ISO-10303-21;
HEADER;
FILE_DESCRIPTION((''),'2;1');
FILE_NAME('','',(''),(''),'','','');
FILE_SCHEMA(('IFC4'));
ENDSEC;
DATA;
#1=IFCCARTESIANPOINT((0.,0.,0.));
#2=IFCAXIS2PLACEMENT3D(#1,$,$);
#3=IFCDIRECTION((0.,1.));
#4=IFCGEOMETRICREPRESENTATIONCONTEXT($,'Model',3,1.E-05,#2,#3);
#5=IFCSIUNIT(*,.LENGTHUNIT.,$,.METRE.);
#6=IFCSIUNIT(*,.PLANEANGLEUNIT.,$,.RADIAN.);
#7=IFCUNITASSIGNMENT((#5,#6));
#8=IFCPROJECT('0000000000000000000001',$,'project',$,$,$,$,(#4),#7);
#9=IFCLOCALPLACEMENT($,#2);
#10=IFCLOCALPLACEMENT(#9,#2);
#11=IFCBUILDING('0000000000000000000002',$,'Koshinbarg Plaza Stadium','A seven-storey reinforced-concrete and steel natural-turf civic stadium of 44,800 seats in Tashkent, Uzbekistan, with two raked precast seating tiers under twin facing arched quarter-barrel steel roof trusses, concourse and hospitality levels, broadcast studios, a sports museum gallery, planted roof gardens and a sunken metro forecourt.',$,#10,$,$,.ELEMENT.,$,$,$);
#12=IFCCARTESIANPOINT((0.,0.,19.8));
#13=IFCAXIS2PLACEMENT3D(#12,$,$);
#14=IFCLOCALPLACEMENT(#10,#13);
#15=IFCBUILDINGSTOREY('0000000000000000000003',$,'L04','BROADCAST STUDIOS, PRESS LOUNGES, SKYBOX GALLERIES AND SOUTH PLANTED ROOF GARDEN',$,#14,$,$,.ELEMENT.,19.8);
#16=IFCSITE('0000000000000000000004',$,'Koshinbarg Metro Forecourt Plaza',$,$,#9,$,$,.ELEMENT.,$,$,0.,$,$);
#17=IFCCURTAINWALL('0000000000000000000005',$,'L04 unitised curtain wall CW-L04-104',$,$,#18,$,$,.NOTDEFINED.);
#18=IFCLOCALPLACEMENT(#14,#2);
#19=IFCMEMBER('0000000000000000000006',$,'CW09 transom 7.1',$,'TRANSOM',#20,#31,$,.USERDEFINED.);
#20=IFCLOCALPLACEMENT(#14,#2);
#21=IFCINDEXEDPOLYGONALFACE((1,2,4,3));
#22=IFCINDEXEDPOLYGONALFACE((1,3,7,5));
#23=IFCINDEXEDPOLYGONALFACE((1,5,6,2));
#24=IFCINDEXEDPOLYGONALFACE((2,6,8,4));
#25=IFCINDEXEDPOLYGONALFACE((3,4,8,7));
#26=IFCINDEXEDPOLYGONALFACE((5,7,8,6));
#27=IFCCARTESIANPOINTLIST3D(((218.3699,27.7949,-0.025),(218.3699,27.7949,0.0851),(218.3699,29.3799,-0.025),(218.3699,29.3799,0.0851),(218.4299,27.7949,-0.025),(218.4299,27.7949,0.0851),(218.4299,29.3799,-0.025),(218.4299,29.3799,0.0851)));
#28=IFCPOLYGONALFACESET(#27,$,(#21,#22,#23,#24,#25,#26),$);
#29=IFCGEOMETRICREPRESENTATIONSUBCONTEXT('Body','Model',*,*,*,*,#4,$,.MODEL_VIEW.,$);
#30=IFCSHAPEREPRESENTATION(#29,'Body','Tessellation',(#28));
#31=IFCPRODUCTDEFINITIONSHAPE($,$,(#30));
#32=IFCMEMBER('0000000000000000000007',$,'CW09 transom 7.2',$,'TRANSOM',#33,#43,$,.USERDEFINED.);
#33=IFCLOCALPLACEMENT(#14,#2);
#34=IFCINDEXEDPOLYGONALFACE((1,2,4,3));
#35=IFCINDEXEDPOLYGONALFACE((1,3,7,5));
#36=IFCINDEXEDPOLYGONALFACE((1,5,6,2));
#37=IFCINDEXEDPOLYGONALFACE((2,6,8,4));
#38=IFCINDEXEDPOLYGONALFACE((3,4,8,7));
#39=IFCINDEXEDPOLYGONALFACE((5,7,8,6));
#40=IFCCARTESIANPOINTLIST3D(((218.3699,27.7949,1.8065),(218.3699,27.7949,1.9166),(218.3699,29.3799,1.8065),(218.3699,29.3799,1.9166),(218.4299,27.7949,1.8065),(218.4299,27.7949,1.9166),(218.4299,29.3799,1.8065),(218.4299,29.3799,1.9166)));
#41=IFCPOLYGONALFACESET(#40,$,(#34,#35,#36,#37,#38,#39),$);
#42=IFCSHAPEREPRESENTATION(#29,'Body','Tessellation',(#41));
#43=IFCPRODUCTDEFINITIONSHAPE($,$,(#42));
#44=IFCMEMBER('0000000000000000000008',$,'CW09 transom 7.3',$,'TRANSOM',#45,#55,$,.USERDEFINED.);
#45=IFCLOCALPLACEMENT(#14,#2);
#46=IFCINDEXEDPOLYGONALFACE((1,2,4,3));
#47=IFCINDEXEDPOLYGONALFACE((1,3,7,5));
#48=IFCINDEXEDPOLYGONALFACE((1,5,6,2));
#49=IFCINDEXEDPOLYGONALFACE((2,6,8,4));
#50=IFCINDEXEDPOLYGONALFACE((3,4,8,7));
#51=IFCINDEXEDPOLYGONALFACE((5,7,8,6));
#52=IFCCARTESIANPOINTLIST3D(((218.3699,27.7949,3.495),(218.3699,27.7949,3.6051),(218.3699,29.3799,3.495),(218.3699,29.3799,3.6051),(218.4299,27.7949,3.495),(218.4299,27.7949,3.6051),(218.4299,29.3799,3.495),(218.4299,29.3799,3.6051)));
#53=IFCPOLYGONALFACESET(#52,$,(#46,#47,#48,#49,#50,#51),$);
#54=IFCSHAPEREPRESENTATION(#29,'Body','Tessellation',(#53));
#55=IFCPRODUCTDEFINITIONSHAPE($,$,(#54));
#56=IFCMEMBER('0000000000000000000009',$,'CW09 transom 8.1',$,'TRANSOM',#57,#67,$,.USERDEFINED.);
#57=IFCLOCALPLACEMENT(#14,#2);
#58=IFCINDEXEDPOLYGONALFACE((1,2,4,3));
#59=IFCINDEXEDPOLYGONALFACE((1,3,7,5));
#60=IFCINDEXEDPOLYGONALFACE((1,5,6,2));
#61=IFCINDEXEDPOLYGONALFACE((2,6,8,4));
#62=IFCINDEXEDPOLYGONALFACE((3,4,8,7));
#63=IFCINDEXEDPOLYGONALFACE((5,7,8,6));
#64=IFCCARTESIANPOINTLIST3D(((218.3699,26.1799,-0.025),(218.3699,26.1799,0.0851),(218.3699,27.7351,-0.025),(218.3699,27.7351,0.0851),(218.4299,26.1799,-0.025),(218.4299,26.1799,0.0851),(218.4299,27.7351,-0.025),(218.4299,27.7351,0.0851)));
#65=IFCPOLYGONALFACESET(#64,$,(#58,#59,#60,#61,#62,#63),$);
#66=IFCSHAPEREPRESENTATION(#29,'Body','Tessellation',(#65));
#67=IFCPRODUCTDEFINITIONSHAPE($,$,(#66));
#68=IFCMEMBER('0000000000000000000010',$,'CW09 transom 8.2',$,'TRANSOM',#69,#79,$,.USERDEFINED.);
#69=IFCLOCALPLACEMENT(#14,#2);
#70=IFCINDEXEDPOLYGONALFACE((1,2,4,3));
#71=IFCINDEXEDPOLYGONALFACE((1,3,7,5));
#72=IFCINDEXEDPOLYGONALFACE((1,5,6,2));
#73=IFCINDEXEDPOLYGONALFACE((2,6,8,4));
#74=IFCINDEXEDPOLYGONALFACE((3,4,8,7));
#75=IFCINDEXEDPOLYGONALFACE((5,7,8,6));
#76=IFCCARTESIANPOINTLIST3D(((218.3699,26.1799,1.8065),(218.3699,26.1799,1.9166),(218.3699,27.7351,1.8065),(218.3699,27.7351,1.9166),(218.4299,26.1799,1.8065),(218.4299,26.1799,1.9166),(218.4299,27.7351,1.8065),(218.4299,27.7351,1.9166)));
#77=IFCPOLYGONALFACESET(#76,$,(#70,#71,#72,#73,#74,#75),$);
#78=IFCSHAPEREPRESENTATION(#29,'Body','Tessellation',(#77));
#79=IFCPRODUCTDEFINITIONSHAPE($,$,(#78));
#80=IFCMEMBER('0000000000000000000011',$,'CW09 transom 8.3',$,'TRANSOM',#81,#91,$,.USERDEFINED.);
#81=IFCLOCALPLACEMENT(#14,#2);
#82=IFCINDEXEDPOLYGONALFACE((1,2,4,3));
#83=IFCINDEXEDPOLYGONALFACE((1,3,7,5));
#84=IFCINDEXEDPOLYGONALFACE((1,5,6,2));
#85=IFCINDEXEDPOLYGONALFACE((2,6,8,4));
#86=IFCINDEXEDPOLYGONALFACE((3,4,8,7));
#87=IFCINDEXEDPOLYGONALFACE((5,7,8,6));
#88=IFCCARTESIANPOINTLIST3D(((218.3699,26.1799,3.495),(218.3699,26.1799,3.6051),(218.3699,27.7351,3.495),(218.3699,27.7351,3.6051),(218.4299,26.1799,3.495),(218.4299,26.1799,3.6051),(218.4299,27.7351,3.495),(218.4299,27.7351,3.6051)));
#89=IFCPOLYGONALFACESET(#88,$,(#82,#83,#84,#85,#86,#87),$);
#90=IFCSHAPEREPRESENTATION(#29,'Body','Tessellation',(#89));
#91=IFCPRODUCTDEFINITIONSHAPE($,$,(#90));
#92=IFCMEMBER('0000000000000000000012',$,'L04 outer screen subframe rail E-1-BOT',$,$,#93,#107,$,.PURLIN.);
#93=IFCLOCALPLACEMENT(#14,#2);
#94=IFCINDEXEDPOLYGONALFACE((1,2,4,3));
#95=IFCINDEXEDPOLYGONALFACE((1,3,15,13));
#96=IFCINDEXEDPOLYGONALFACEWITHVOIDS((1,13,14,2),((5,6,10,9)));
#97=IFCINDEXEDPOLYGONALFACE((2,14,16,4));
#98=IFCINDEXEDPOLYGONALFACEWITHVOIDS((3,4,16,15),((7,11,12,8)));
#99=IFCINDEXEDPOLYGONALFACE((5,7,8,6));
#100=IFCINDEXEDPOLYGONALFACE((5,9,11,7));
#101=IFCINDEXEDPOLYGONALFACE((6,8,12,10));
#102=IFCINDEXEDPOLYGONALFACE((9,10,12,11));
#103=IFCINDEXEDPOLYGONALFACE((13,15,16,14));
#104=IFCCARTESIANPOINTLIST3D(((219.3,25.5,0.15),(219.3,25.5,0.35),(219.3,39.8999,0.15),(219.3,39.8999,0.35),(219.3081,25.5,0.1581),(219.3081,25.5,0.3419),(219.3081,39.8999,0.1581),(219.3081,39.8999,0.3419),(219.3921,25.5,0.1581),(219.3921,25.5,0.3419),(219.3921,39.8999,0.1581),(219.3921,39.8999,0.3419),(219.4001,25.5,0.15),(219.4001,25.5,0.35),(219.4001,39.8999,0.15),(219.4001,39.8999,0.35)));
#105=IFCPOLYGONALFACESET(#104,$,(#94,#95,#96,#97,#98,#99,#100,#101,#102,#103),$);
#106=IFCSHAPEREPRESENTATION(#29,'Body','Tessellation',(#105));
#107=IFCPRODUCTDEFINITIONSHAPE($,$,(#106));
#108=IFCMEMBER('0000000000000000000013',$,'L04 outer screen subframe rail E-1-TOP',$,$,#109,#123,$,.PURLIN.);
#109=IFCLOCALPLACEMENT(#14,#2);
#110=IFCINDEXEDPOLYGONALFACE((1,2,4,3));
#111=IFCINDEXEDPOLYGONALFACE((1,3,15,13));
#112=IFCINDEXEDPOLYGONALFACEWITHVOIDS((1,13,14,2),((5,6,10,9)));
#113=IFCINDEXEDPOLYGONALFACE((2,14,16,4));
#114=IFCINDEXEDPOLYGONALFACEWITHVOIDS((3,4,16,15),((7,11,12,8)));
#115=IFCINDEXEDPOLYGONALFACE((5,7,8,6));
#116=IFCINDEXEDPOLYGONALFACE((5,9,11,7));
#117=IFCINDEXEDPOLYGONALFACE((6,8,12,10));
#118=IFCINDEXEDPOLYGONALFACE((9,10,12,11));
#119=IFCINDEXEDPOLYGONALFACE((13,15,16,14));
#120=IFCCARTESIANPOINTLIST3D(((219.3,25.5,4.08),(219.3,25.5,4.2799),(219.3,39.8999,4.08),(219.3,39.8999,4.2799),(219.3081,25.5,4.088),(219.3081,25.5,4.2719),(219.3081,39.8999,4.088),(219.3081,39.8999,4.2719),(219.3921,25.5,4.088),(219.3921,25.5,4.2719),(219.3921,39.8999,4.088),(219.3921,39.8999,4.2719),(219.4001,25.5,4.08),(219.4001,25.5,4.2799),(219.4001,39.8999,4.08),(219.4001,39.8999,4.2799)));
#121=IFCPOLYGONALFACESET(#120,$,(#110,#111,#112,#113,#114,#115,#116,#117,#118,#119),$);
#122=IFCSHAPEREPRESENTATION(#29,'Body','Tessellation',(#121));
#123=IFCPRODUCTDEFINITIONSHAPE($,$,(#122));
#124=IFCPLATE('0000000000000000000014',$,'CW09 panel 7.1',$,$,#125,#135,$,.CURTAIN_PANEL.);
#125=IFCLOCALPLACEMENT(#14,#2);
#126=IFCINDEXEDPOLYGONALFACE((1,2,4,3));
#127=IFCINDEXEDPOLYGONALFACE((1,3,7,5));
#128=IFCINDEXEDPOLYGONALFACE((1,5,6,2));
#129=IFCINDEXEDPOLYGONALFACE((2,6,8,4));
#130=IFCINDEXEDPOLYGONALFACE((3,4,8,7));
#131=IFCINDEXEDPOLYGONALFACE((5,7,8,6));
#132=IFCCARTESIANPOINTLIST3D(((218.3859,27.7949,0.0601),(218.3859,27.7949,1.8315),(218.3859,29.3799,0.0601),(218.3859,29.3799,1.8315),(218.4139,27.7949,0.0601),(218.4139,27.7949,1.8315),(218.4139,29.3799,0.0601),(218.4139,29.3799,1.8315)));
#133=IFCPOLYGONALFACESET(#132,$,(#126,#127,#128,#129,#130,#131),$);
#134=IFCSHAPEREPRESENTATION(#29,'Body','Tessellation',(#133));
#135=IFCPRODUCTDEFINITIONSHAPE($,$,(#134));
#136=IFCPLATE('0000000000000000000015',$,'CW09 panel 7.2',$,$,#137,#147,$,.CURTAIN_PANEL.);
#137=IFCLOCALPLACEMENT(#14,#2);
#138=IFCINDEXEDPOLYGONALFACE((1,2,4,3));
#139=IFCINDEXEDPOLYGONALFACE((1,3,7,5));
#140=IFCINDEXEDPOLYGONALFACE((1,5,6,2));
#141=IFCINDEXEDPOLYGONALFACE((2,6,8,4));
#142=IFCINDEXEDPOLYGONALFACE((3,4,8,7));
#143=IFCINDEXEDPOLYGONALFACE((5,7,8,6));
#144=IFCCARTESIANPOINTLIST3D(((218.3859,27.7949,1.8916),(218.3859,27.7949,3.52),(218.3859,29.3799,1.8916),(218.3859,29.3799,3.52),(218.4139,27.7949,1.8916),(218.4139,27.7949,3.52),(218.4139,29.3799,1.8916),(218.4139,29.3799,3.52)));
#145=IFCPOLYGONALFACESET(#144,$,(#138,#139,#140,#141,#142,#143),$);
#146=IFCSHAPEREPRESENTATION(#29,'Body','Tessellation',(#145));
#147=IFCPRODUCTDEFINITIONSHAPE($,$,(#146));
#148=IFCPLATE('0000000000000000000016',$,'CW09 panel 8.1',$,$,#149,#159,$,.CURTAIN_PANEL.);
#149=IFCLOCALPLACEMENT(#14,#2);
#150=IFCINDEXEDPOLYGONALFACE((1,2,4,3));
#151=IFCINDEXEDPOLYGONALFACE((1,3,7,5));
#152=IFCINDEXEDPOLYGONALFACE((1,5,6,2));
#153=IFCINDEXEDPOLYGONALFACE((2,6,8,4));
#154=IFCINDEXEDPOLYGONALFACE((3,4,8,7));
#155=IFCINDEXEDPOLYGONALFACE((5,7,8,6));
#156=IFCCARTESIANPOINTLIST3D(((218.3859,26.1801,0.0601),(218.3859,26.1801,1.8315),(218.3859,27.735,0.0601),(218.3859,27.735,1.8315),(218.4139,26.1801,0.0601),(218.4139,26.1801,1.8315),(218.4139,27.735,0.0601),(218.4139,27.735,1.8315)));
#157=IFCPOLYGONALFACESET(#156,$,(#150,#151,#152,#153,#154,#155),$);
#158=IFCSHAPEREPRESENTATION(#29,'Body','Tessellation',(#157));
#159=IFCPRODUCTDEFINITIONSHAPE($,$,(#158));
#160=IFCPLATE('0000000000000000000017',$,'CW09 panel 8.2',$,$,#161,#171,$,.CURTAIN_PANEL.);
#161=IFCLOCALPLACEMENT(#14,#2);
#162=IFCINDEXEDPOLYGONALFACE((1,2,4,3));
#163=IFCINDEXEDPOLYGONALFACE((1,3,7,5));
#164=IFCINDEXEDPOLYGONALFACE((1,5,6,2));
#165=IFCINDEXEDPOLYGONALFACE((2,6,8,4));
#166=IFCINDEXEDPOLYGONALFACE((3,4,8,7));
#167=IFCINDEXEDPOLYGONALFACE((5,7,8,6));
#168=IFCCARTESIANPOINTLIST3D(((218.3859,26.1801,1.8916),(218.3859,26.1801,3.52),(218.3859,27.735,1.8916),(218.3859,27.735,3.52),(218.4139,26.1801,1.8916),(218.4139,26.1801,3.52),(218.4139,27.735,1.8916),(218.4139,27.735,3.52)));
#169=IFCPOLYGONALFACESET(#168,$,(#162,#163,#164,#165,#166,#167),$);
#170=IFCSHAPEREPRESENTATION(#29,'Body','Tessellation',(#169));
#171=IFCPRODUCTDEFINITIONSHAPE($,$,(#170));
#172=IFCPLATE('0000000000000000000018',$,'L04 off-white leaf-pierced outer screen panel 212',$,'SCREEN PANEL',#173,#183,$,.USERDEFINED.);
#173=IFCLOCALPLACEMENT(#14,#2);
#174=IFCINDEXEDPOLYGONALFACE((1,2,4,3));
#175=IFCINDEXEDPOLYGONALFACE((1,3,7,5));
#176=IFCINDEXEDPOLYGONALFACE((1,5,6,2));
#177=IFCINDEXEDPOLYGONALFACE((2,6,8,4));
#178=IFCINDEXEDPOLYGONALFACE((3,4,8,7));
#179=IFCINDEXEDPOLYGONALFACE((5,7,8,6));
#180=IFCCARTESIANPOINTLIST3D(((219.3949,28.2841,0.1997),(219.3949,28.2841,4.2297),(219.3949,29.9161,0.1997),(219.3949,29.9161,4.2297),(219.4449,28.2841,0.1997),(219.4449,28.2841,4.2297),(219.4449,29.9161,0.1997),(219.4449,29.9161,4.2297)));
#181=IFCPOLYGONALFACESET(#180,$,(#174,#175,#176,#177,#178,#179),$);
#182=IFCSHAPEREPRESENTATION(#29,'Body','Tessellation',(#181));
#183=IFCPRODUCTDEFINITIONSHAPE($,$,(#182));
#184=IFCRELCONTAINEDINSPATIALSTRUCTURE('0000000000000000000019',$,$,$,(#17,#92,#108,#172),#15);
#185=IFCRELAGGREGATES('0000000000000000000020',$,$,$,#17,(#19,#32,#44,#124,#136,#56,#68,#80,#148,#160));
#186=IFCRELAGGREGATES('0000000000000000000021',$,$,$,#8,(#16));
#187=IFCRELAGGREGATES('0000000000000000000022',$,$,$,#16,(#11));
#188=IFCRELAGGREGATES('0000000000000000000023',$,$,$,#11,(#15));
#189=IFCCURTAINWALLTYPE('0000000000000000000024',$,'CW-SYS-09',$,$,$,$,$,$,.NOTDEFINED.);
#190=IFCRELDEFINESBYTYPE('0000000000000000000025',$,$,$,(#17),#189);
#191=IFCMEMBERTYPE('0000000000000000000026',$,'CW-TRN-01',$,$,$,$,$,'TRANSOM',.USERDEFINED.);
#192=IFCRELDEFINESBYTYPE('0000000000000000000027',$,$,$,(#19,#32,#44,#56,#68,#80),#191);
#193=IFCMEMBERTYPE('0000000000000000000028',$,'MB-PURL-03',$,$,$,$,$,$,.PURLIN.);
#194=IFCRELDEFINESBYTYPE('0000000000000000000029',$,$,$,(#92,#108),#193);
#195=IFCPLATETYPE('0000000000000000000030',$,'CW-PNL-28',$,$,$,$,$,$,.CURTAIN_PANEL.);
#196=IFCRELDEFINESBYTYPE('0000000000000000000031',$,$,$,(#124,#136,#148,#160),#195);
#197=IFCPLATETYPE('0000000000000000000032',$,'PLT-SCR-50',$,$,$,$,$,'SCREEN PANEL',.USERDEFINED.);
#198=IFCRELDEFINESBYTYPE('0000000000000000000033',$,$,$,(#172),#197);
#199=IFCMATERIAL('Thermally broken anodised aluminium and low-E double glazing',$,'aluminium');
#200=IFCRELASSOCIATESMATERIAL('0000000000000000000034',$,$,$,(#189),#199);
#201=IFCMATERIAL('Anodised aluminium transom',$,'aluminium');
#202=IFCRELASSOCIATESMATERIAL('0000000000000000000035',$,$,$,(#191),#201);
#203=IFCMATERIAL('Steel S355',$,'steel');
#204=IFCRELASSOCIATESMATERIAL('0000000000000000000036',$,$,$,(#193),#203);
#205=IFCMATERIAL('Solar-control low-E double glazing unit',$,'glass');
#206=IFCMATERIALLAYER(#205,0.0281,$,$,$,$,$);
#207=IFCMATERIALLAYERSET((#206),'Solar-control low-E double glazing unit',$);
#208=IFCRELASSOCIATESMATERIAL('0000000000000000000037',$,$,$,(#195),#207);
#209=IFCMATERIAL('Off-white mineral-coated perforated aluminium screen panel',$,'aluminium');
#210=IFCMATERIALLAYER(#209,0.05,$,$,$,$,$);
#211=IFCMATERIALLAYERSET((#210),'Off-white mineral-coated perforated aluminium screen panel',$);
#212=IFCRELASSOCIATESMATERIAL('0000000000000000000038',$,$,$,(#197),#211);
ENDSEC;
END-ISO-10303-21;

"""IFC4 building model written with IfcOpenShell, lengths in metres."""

from ifc_helpers import new_model, si_unit, direction, frame, origin, origin_2d, place, context, subcontext, project, spatial, rectangle, hollow_rectangle, extrude, material, layer, layer_set, material_profile, profile_set, type_object, element, aggregate, save


model = new_model("IFC4")

# Units and contexts
model_context = context("Model", 3, precision=1e-05, world=origin(), true_north=direction((0.0, 1.0)))
body_context = subcontext(model_context, "Body", "Model", "MODEL_VIEW")
ifc_project = project(units=[si_unit("LENGTHUNIT", "METRE"), si_unit("PLANEANGLEUNIT", "RADIAN")], contexts=[model_context])

# Site, building, storey
site_placement = place(None, origin())
site = spatial("IfcSite", under=ifc_project, at=site_placement, Name="Koshinbarg Metro Forecourt Plaza", CompositionType="ELEMENT", RefElevation=0.0)
building_placement = place(site_placement, origin())
building = spatial("IfcBuilding", under=site, at=building_placement, Name="Koshinbarg Plaza Stadium", Description="A seven-storey reinforced-concrete and steel natural-turf civic stadium of 44,800 seats in Tashkent, Uzbekistan, with two raked precast seating tiers under twin facing arched quarter-barrel steel roof trusses, concourse and hospitality levels, broadcast studios, a sports museum gallery, planted roof gardens and a sunken metro forecourt.", CompositionType="ELEMENT")
storey_placement = place(building_placement, frame((0.0, 0.0, 19.8)))
storey = spatial("IfcBuildingStorey", under=building, at=storey_placement, Name="L04", Description="BROADCAST STUDIOS, PRESS LOUNGES, SKYBOX GALLERIES AND SOUTH PLANTED ROOF GARDEN", CompositionType="ELEMENT", Elevation=19.8)

# Shared definitions
ifc_material_1 = material(Name="Steel S355", Category="steel")

# Curtain wall, members
ifc_material_2 = material(Name="Thermally broken anodised aluminium and low-E double glazing", Category="aluminium")
curtain_wall_type = type_object("IfcCurtainWallType", Name="CW-SYS-09", PredefinedType="NOTDEFINED", material=ifc_material_2)
curtain_wall_placement = place(storey_placement, origin())
curtain_wall = element("IfcCurtainWall", 1, at=curtain_wall_placement, inside=storey, type_object=curtain_wall_type, Name="L04 unitised curtain wall CW-L04-104", PredefinedType="NOTDEFINED")
ifc_material_3 = material(Name="Anodised aluminium transom", Category="aluminium")
ifc_material_profile_1 = material_profile(ifc_material_3, rectangle(XDim=0.0601, YDim=0.1101, at=origin_2d()), Name="ALU 60x110")
ifc_profile_set_1 = profile_set([ifc_material_profile_1], Name="Anodised aluminium transom")
member_type_1 = type_object("IfcMemberType", Name="CW-TRN-01", ElementType="TRANSOM", PredefinedType="USERDEFINED", material=ifc_profile_set_1)
member_1_placement = place(storey_placement, frame((218.3999, 29.3799, 0.03), z_axis=(0.0, -1.0, 0.0), x_axis=(1.0, 0.0, 0.0)))
member_1 = element("IfcMember", 2, at=member_1_placement, type_object=member_type_1, Name="CW09 transom 7.1", ObjectType="TRANSOM", PredefinedType="USERDEFINED", context=body_context, shape_type="SweptSolid", body=[
    extrude(rectangle(XDim=0.0601, YDim=0.1101, at=origin_2d()), origin(), (0.0, 0.0, 1.0), 1.585),
])
member_2_placement = place(storey_placement, frame((218.3999, 29.3799, 1.8616), z_axis=(0.0, -1.0, 0.0), x_axis=(1.0, 0.0, 0.0)))
member_2 = element("IfcMember", 3, at=member_2_placement, type_object=member_type_1, Name="CW09 transom 7.2", ObjectType="TRANSOM", PredefinedType="USERDEFINED", context=body_context, shape_type="SweptSolid", body=[
    extrude(rectangle(XDim=0.0601, YDim=0.1101, at=origin_2d()), origin(), (0.0, 0.0, 1.0), 1.585),
])
member_3_placement = place(storey_placement, frame((218.3999, 29.3799, 3.55), z_axis=(0.0, -1.0, 0.0), x_axis=(1.0, 0.0, 0.0)))
member_3 = element("IfcMember", 4, at=member_3_placement, type_object=member_type_1, Name="CW09 transom 7.3", ObjectType="TRANSOM", PredefinedType="USERDEFINED", context=body_context, shape_type="SweptSolid", body=[
    extrude(rectangle(XDim=0.0601, YDim=0.1101, at=origin_2d()), origin(), (0.0, 0.0, 1.0), 1.585),
])
member_4_placement = place(storey_placement, frame((218.3999, 27.7351, 0.03), z_axis=(0.0, -1.0, 0.0), x_axis=(1.0, 0.0, 0.0)))
member_4 = element("IfcMember", 5, at=member_4_placement, type_object=member_type_1, Name="CW09 transom 8.1", ObjectType="TRANSOM", PredefinedType="USERDEFINED", context=body_context, shape_type="SweptSolid", body=[
    extrude(rectangle(XDim=0.0601, YDim=0.1101, at=origin_2d()), origin(), (0.0, 0.0, 1.0), 1.5552),
])
member_5_placement = place(storey_placement, frame((218.3999, 27.7351, 1.8616), z_axis=(0.0, -1.0, 0.0), x_axis=(1.0, 0.0, 0.0)))
member_5 = element("IfcMember", 6, at=member_5_placement, type_object=member_type_1, Name="CW09 transom 8.2", ObjectType="TRANSOM", PredefinedType="USERDEFINED", context=body_context, shape_type="SweptSolid", body=[
    extrude(rectangle(XDim=0.0601, YDim=0.1101, at=origin_2d()), origin(), (0.0, 0.0, 1.0), 1.5552),
])
member_6_placement = place(storey_placement, frame((218.3999, 27.7351, 3.55), z_axis=(0.0, -1.0, 0.0), x_axis=(1.0, 0.0, 0.0)))
member_6 = element("IfcMember", 7, at=member_6_placement, type_object=member_type_1, Name="CW09 transom 8.3", ObjectType="TRANSOM", PredefinedType="USERDEFINED", context=body_context, shape_type="SweptSolid", body=[
    extrude(rectangle(XDim=0.0601, YDim=0.1101, at=origin_2d()), origin(), (0.0, 0.0, 1.0), 1.5552),
])

# Members
ifc_material_profile_2 = material_profile(ifc_material_1, hollow_rectangle(XDim=0.1001, YDim=0.2, WallThickness=0.0081, at=origin_2d()), Name="RHS 200x100x8")
ifc_profile_set_2 = profile_set([ifc_material_profile_2], Name="Steel S355")
member_type_2 = type_object("IfcMemberType", Name="MB-PURL-03", PredefinedType="PURLIN", material=ifc_profile_set_2)
for number, where, z_axis, x_axis, name in (
    (8, (219.3501, 25.5, 0.25), (0.0, 1.0, 0.0), (-1.0, 0.0, 0.0), "L04 outer screen subframe rail E-1-BOT"),
    (9, (219.3501, 25.5, 4.1799), (0.0, 1.0, 0.0), (-1.0, 0.0, 0.0), "L04 outer screen subframe rail E-1-TOP"),
):
    element("IfcMember", number, at=place(storey_placement, frame(where, z_axis=z_axis, x_axis=x_axis)), inside=storey, type_object=member_type_2, Name=name, PredefinedType="PURLIN", context=body_context, shape_type="SweptSolid", body=[
        extrude(hollow_rectangle(XDim=0.1001, YDim=0.2, WallThickness=0.0081, at=origin_2d()), origin(), (0.0, 0.0, 1.0), 14.3999),
    ])

# Plates
ifc_material_4 = material(Name="Solar-control low-E double glazing unit", Category="glass")
ifc_layer_1 = layer(ifc_material_4, 0.0281)
ifc_layer_set_1 = layer_set([ifc_layer_1], Name="Solar-control low-E double glazing unit")
plate_type_1 = type_object("IfcPlateType", Name="CW-PNL-28", PredefinedType="CURTAIN_PANEL", material=ifc_layer_set_1)
plate_1_placement = place(storey_placement, frame((218.3999, 28.5874, 0.0601), z_axis=(0.0, 0.0, 1.0), x_axis=(0.0, -1.0, 0.0)))
plate_1 = element("IfcPlate", 10, at=plate_1_placement, type_object=plate_type_1, Name="CW09 panel 7.1", PredefinedType="CURTAIN_PANEL", context=body_context, shape_type="SweptSolid", body=[
    extrude(rectangle(XDim=1.585, YDim=0.0281, at=origin_2d()), origin(), (0.0, 0.0, 1.0), 1.7715),
])
plate_2_placement = place(storey_placement, frame((218.3999, 28.5874, 1.8916), z_axis=(0.0, 0.0, 1.0), x_axis=(0.0, -1.0, 0.0)))
plate_2 = element("IfcPlate", 11, at=plate_2_placement, type_object=plate_type_1, Name="CW09 panel 7.2", PredefinedType="CURTAIN_PANEL", context=body_context, shape_type="SweptSolid", body=[
    extrude(rectangle(XDim=1.585, YDim=0.0281, at=origin_2d()), origin(), (0.0, 0.0, 1.0), 1.6284),
])
plate_3_placement = place(storey_placement, frame((218.3999, 26.9575, 0.0601), z_axis=(0.0, 0.0, 1.0), x_axis=(0.0, -1.0, 0.0)))
plate_3 = element("IfcPlate", 12, at=plate_3_placement, type_object=plate_type_1, Name="CW09 panel 8.1", PredefinedType="CURTAIN_PANEL", context=body_context, shape_type="SweptSolid", body=[
    extrude(rectangle(XDim=1.5549, YDim=0.0281, at=origin_2d()), origin(), (0.0, 0.0, 1.0), 1.7715),
])
plate_4_placement = place(storey_placement, frame((218.3999, 26.9575, 1.8916), z_axis=(0.0, 0.0, 1.0), x_axis=(0.0, -1.0, 0.0)))
plate_4 = element("IfcPlate", 13, at=plate_4_placement, type_object=plate_type_1, Name="CW09 panel 8.2", PredefinedType="CURTAIN_PANEL", context=body_context, shape_type="SweptSolid", body=[
    extrude(rectangle(XDim=1.5549, YDim=0.0281, at=origin_2d()), origin(), (0.0, 0.0, 1.0), 1.6284),
])
aggregate(curtain_wall, [member_1, member_2, member_3, plate_1, plate_2, member_4, member_5, member_6, plate_3, plate_4])

# Plate
ifc_material_5 = material(Name="Off-white mineral-coated perforated aluminium screen panel", Category="aluminium")
ifc_layer_2 = layer(ifc_material_5, 0.05)
ifc_layer_set_2 = layer_set([ifc_layer_2], Name="Off-white mineral-coated perforated aluminium screen panel")
plate_type_2 = type_object("IfcPlateType", Name="PLT-SCR-50", ElementType="SCREEN PANEL", PredefinedType="USERDEFINED", material=ifc_layer_set_2)
plate_5_placement = place(storey_placement, frame((219.4199, 29.1001, 0.1997), z_axis=(0.0, 0.0, 1.0), x_axis=(1.0, 0.0, 0.0)))
element("IfcPlate", 14, at=plate_5_placement, inside=storey, type_object=plate_type_2, Name="L04 off-white leaf-pierced outer screen panel 212", ObjectType="SCREEN PANEL", PredefinedType="USERDEFINED", context=body_context, shape_type="SweptSolid", body=[
    extrude(rectangle(XDim=0.05, YDim=1.6321, at=origin_2d()), origin(), (0.0, 0.0, 1.0), 4.03),
])

save(model, "model.ifc")
